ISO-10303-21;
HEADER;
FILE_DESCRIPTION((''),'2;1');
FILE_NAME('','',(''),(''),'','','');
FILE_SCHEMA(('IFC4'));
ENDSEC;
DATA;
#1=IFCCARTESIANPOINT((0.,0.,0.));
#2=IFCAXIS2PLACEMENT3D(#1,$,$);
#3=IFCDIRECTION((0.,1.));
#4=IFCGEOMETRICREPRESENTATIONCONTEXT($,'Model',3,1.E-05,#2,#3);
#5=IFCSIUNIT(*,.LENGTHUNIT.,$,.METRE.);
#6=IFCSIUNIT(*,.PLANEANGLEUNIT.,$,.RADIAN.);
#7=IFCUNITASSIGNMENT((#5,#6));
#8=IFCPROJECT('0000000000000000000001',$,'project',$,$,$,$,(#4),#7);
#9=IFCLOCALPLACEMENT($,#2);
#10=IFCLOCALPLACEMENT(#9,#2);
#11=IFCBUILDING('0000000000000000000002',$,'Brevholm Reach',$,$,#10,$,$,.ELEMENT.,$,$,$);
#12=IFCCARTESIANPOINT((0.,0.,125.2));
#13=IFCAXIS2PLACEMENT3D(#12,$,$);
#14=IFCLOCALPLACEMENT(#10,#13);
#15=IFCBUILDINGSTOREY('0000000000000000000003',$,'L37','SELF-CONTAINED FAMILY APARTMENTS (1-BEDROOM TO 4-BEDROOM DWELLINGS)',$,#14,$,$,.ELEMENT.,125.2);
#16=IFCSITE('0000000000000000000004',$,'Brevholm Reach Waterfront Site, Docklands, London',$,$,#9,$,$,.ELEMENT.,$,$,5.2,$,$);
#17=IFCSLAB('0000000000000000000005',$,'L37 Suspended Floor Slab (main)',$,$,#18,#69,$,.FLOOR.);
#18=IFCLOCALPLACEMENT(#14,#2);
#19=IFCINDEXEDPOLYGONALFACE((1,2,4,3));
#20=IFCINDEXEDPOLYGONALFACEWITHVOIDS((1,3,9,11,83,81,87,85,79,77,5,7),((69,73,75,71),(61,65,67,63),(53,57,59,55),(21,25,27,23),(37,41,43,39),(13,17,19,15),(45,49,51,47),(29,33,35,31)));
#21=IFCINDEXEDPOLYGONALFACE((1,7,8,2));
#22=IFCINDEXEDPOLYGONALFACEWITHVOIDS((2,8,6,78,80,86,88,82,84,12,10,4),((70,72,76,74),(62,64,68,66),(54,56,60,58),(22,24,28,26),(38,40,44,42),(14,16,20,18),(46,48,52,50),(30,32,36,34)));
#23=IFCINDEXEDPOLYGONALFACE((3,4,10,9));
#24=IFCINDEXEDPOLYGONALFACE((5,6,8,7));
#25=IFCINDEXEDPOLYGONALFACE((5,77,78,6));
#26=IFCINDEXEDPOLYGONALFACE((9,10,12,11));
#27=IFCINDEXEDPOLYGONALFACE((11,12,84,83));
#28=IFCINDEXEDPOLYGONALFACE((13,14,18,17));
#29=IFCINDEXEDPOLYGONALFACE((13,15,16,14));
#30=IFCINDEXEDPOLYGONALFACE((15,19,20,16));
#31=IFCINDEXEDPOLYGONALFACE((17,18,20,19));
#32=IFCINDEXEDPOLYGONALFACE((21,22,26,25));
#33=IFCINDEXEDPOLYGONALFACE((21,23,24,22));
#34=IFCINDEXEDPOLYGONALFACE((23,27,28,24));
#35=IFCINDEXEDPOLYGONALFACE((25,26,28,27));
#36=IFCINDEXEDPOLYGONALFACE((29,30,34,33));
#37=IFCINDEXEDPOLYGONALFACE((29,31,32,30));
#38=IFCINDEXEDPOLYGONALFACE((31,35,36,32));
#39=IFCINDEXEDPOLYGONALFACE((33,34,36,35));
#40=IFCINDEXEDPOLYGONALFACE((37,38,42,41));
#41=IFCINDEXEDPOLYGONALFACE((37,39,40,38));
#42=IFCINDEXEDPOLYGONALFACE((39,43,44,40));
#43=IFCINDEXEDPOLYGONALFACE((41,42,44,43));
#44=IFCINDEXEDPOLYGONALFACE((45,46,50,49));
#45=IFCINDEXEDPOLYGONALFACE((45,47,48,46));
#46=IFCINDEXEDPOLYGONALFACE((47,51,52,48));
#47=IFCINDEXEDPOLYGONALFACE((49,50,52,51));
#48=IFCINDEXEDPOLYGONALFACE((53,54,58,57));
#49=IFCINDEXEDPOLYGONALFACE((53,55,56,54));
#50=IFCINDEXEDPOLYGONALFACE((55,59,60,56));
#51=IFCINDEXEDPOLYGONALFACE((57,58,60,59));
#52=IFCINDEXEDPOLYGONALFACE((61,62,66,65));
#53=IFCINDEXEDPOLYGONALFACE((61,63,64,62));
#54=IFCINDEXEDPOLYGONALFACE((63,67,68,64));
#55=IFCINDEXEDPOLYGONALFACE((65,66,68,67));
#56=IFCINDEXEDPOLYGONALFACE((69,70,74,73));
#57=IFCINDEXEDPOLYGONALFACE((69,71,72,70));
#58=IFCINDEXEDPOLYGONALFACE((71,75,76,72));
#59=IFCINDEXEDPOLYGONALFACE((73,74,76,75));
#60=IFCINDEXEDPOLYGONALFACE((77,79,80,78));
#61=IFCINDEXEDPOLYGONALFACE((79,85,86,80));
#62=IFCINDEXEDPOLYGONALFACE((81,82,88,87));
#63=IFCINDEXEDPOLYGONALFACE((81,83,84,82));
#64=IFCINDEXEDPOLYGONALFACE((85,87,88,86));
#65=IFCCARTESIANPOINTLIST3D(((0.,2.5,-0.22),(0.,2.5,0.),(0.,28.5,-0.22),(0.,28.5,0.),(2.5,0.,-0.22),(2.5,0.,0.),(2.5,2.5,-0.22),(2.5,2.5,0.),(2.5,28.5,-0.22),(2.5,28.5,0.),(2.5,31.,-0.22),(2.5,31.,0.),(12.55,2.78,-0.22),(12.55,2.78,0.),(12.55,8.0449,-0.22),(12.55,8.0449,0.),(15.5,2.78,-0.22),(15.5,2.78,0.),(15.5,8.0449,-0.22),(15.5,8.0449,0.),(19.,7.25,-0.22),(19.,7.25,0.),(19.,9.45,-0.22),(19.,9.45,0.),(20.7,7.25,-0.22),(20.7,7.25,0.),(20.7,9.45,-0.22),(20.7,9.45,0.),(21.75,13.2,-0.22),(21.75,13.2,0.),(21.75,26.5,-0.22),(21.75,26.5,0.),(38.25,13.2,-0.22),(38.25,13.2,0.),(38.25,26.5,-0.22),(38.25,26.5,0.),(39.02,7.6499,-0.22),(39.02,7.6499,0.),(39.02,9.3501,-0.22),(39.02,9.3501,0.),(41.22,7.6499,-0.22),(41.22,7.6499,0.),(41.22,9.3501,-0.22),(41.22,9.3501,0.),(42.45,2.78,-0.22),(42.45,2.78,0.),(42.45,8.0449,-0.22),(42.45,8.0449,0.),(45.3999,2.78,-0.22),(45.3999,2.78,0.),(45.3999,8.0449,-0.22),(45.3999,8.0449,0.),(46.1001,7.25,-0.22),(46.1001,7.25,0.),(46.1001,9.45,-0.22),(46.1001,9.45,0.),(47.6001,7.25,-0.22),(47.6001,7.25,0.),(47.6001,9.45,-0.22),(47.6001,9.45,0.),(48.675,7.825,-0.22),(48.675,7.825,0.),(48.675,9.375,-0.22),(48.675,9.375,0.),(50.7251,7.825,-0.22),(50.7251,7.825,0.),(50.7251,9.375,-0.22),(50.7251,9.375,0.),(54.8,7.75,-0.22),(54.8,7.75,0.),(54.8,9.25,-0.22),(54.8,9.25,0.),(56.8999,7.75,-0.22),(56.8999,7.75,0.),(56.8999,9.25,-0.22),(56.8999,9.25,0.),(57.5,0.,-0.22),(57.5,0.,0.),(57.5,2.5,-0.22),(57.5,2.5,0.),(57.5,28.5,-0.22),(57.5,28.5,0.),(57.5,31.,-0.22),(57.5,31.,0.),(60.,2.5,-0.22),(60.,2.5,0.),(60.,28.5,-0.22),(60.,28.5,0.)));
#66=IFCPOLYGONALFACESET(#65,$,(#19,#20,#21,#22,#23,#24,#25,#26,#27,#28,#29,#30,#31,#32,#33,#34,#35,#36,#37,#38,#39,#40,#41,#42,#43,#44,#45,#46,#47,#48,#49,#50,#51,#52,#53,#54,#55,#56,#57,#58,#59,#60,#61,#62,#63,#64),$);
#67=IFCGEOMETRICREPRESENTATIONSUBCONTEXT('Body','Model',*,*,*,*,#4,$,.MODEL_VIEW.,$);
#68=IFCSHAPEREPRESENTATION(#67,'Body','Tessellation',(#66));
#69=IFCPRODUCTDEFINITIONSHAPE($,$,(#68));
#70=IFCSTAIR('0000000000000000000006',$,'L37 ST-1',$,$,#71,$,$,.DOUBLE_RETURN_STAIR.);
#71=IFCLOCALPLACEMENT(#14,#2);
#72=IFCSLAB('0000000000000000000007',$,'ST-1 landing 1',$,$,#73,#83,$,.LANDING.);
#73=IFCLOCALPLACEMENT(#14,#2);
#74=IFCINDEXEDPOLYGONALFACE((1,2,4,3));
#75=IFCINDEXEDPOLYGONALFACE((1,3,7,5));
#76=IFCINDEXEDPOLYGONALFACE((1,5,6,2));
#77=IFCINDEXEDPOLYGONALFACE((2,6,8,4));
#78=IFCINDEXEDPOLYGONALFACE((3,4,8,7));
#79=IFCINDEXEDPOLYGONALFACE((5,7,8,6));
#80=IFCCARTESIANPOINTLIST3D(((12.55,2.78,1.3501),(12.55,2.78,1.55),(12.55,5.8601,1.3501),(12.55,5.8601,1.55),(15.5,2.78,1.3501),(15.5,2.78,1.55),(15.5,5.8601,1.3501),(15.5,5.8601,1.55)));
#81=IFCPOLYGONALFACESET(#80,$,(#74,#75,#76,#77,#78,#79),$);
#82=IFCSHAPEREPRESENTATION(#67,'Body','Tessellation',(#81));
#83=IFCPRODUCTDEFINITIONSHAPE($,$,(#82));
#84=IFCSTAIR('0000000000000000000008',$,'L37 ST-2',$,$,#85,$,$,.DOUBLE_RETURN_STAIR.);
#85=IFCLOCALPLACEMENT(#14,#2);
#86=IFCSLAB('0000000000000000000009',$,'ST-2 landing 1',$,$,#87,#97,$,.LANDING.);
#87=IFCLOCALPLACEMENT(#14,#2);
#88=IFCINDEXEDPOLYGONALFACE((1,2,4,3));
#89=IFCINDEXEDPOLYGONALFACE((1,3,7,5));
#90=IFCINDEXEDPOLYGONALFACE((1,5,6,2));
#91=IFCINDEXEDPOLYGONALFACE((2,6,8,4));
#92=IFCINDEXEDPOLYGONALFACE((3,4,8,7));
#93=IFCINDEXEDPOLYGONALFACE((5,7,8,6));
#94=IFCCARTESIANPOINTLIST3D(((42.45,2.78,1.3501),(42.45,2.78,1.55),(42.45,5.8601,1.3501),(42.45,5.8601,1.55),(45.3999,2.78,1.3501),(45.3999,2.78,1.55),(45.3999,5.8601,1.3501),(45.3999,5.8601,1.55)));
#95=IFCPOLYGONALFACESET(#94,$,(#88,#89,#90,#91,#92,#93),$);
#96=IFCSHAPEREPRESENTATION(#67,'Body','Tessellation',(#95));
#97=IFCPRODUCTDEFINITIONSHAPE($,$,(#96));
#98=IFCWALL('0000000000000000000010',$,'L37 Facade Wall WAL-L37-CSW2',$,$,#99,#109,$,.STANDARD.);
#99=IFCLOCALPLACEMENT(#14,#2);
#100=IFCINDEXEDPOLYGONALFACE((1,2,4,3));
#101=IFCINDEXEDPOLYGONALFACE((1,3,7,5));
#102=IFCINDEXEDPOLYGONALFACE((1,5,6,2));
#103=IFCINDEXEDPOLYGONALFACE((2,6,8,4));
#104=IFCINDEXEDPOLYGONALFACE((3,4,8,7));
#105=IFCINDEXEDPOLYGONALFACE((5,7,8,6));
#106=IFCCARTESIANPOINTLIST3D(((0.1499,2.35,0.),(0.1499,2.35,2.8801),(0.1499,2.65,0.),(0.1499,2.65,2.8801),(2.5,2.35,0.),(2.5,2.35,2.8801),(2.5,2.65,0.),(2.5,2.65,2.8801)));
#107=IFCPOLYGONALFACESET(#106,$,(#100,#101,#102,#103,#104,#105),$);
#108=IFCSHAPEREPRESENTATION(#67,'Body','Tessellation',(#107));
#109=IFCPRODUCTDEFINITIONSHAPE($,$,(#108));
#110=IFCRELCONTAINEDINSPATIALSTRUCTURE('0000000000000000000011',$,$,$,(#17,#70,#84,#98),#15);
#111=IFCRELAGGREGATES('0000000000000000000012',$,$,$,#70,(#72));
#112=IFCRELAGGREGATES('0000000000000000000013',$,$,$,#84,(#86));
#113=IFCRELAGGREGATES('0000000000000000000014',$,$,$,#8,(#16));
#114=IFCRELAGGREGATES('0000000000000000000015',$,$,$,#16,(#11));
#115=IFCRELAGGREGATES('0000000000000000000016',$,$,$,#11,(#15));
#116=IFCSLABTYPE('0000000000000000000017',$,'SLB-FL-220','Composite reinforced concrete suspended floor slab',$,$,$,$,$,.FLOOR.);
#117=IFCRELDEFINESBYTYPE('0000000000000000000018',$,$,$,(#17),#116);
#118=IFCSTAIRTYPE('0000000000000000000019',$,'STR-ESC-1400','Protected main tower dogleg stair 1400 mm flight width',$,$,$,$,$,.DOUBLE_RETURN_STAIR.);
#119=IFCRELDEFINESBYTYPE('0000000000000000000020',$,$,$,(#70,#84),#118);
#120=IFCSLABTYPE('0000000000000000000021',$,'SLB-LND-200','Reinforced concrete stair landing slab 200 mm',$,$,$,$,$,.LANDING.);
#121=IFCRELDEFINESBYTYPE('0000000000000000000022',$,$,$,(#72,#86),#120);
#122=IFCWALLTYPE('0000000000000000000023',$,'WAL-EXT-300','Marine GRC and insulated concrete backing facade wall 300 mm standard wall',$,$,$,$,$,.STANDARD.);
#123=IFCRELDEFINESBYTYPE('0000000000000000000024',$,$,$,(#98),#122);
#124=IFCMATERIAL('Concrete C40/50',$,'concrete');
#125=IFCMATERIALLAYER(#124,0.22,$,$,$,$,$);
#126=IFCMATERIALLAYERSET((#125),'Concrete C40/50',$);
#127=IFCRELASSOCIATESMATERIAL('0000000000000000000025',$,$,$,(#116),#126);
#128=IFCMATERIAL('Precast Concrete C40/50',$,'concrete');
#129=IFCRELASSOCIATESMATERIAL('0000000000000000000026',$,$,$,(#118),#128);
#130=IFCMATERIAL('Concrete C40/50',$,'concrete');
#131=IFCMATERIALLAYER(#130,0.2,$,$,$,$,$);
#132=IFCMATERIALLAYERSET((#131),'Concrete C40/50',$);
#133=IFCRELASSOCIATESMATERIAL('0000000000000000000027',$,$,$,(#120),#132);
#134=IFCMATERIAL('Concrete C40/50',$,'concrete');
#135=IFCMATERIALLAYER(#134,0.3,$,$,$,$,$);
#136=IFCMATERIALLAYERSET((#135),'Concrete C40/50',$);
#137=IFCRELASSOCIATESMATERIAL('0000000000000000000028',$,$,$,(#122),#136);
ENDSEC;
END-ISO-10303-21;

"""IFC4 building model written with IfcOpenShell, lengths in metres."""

from ifc_helpers import new_model, si_unit, direction, frame, frame_2d, origin, place, context, subcontext, project, spatial, polyline, rectangle, outline, extrude, material, layer, layer_set, type_object, element, aggregate, save


model = new_model("IFC4")

# Units and contexts
model_context = context("Model", 3, precision=1e-05, world=origin(), true_north=direction((0.0, 1.0)))
body_context = subcontext(model_context, "Body", "Model", "MODEL_VIEW")
ifc_project = project(units=[si_unit("LENGTHUNIT", "METRE"), si_unit("PLANEANGLEUNIT", "RADIAN")], contexts=[model_context])

# Site, building, storey
site_placement = place(None, origin())
site = spatial("IfcSite", under=ifc_project, at=site_placement, Name="Brevholm Reach Waterfront Site, Docklands, London", CompositionType="ELEMENT", RefElevation=5.2)
building_placement = place(site_placement, origin())
building = spatial("IfcBuilding", under=site, at=building_placement, Name="Brevholm Reach", CompositionType="ELEMENT")
storey_placement = place(building_placement, frame((0.0, 0.0, 125.2)))
storey = spatial("IfcBuildingStorey", under=building, at=storey_placement, Name="L37", Description="SELF-CONTAINED FAMILY APARTMENTS (1-BEDROOM TO 4-BEDROOM DWELLINGS)", CompositionType="ELEMENT", Elevation=125.2)

# Slab
ifc_material_1 = material(Name="Concrete C40/50", Category="concrete")
ifc_layer_1 = layer(ifc_material_1, 0.22)
ifc_layer_set_1 = layer_set([ifc_layer_1], Name="Concrete C40/50")
slab_type_1 = type_object("IfcSlabType", Name="SLB-FL-220", Description="Composite reinforced concrete suspended floor slab", PredefinedType="FLOOR", material=ifc_layer_set_1)
slab_1_placement = place(storey_placement, frame((0.0, 0.0, -0.22)))
element("IfcSlab", 1, at=slab_1_placement, inside=storey, type_object=slab_type_1, Name="L37 Suspended Floor Slab (main)", PredefinedType="FLOOR", context=body_context, shape_type="SweptSolid", body=[
    extrude(outline(polyline([(2.5, 0.0), (57.5, 0.0), (57.5, 2.5), (60.0, 2.5), (60.0, 28.5), (57.5, 28.5), (57.5, 31.0), (2.5, 31.0), (2.5, 28.5), (0.0, 28.5), (0.0, 2.5), (2.5, 2.5), (2.5, 0.0)]), holes=[polyline([(21.75, 13.2), (38.25, 13.2), (38.25, 26.5), (21.75, 26.5), (21.75, 13.2)]), polyline([(12.55, 2.78), (15.5, 2.78), (15.5, 8.0449), (12.55, 8.0449), (12.55, 2.78)]), polyline([(42.45, 2.78), (45.3999, 2.78), (45.3999, 8.0449), (42.45, 8.0449), (42.45, 2.78)]), polyline([(19.0, 7.25), (20.7, 7.25), (20.7, 9.45), (19.0, 9.45), (19.0, 7.25)]), polyline([(46.1001, 7.25), (47.6001, 7.25), (47.6001, 9.45), (46.1001, 9.45), (46.1001, 7.25)]), polyline([(48.675, 7.825), (50.7251, 7.825), (50.7251, 9.375), (48.675, 9.375), (48.675, 7.825)]), polyline([(54.8, 7.75), (56.8999, 7.75), (56.8999, 9.25), (54.8, 9.25), (54.8, 7.75)]), polyline([(39.02, 7.6499), (41.22, 7.6499), (41.22, 9.3501), (39.02, 9.3501), (39.02, 7.6499)])]), origin(), (0.0, 0.0, 1.0), 0.22),
])

# Stairs, slabs
ifc_material_2 = material(Name="Precast Concrete C40/50", Category="concrete")
stair_type = type_object("IfcStairType", Name="STR-ESC-1400", Description="Protected main tower dogleg stair 1400 mm flight width", PredefinedType="DOUBLE_RETURN_STAIR", material=ifc_material_2)
stair_1_placement = place(storey_placement, origin())
stair_1 = element("IfcStair", 2, at=stair_1_placement, inside=storey, type_object=stair_type, Name="L37 ST-1", PredefinedType="DOUBLE_RETURN_STAIR")
ifc_material_3 = material(Name="Concrete C40/50", Category="concrete")
ifc_layer_2 = layer(ifc_material_3, 0.2)
ifc_layer_set_2 = layer_set([ifc_layer_2], Name="Concrete C40/50")
slab_type_2 = type_object("IfcSlabType", Name="SLB-LND-200", Description="Reinforced concrete stair landing slab 200 mm", PredefinedType="LANDING", material=ifc_layer_set_2)
slab_2_placement = place(storey_placement, frame((0.0, 0.0, 1.3501)))
slab_2 = element("IfcSlab", 3, at=slab_2_placement, type_object=slab_type_2, Name="ST-1 landing 1", PredefinedType="LANDING", context=body_context, shape_type="SweptSolid", body=[
    extrude(outline(polyline([(12.55, 5.8601), (12.55, 2.78), (15.5, 2.78), (15.5, 5.8601), (12.55, 5.8601)])), origin(), (0.0, 0.0, 1.0), 0.2),
])
aggregate(stair_1, [slab_2])
stair_2_placement = place(storey_placement, origin())
stair_2 = element("IfcStair", 4, at=stair_2_placement, inside=storey, type_object=stair_type, Name="L37 ST-2", PredefinedType="DOUBLE_RETURN_STAIR")
slab_3_placement = place(storey_placement, frame((0.0, 0.0, 1.3501)))
slab_3 = element("IfcSlab", 5, at=slab_3_placement, type_object=slab_type_2, Name="ST-2 landing 1", PredefinedType="LANDING", context=body_context, shape_type="SweptSolid", body=[
    extrude(outline(polyline([(42.45, 5.8601), (42.45, 2.78), (45.3999, 2.78), (45.3999, 5.8601), (42.45, 5.8601)])), origin(), (0.0, 0.0, 1.0), 0.2),
])
aggregate(stair_2, [slab_3])

# Wall
ifc_material_4 = material(Name="Concrete C40/50", Category="concrete")
ifc_layer_3 = layer(ifc_material_4, 0.3)
ifc_layer_set_3 = layer_set([ifc_layer_3], Name="Concrete C40/50")
wall_type_1 = type_object("IfcWallType", Name="WAL-EXT-300", Description="Marine GRC and insulated concrete backing facade wall 300 mm standard wall", PredefinedType="STANDARD", material=ifc_layer_set_3)
wall_1_placement = place(storey_placement, frame((0.1499, 2.5, 0.0), z_axis=(0.0, 0.0, 1.0), x_axis=(1.0, 0.0, 0.0)))
element("IfcWall", 6, at=wall_1_placement, inside=storey, type_object=wall_type_1, Name="L37 Facade Wall WAL-L37-CSW2", PredefinedType="STANDARD", context=body_context, shape_type="SweptSolid", body=[
    extrude(rectangle(XDim=2.3501, YDim=0.3, at=frame_2d((1.175, 0.0))), origin(), (0.0, 0.0, 1.0), 2.8801),
])

save(model, "model.ifc")
